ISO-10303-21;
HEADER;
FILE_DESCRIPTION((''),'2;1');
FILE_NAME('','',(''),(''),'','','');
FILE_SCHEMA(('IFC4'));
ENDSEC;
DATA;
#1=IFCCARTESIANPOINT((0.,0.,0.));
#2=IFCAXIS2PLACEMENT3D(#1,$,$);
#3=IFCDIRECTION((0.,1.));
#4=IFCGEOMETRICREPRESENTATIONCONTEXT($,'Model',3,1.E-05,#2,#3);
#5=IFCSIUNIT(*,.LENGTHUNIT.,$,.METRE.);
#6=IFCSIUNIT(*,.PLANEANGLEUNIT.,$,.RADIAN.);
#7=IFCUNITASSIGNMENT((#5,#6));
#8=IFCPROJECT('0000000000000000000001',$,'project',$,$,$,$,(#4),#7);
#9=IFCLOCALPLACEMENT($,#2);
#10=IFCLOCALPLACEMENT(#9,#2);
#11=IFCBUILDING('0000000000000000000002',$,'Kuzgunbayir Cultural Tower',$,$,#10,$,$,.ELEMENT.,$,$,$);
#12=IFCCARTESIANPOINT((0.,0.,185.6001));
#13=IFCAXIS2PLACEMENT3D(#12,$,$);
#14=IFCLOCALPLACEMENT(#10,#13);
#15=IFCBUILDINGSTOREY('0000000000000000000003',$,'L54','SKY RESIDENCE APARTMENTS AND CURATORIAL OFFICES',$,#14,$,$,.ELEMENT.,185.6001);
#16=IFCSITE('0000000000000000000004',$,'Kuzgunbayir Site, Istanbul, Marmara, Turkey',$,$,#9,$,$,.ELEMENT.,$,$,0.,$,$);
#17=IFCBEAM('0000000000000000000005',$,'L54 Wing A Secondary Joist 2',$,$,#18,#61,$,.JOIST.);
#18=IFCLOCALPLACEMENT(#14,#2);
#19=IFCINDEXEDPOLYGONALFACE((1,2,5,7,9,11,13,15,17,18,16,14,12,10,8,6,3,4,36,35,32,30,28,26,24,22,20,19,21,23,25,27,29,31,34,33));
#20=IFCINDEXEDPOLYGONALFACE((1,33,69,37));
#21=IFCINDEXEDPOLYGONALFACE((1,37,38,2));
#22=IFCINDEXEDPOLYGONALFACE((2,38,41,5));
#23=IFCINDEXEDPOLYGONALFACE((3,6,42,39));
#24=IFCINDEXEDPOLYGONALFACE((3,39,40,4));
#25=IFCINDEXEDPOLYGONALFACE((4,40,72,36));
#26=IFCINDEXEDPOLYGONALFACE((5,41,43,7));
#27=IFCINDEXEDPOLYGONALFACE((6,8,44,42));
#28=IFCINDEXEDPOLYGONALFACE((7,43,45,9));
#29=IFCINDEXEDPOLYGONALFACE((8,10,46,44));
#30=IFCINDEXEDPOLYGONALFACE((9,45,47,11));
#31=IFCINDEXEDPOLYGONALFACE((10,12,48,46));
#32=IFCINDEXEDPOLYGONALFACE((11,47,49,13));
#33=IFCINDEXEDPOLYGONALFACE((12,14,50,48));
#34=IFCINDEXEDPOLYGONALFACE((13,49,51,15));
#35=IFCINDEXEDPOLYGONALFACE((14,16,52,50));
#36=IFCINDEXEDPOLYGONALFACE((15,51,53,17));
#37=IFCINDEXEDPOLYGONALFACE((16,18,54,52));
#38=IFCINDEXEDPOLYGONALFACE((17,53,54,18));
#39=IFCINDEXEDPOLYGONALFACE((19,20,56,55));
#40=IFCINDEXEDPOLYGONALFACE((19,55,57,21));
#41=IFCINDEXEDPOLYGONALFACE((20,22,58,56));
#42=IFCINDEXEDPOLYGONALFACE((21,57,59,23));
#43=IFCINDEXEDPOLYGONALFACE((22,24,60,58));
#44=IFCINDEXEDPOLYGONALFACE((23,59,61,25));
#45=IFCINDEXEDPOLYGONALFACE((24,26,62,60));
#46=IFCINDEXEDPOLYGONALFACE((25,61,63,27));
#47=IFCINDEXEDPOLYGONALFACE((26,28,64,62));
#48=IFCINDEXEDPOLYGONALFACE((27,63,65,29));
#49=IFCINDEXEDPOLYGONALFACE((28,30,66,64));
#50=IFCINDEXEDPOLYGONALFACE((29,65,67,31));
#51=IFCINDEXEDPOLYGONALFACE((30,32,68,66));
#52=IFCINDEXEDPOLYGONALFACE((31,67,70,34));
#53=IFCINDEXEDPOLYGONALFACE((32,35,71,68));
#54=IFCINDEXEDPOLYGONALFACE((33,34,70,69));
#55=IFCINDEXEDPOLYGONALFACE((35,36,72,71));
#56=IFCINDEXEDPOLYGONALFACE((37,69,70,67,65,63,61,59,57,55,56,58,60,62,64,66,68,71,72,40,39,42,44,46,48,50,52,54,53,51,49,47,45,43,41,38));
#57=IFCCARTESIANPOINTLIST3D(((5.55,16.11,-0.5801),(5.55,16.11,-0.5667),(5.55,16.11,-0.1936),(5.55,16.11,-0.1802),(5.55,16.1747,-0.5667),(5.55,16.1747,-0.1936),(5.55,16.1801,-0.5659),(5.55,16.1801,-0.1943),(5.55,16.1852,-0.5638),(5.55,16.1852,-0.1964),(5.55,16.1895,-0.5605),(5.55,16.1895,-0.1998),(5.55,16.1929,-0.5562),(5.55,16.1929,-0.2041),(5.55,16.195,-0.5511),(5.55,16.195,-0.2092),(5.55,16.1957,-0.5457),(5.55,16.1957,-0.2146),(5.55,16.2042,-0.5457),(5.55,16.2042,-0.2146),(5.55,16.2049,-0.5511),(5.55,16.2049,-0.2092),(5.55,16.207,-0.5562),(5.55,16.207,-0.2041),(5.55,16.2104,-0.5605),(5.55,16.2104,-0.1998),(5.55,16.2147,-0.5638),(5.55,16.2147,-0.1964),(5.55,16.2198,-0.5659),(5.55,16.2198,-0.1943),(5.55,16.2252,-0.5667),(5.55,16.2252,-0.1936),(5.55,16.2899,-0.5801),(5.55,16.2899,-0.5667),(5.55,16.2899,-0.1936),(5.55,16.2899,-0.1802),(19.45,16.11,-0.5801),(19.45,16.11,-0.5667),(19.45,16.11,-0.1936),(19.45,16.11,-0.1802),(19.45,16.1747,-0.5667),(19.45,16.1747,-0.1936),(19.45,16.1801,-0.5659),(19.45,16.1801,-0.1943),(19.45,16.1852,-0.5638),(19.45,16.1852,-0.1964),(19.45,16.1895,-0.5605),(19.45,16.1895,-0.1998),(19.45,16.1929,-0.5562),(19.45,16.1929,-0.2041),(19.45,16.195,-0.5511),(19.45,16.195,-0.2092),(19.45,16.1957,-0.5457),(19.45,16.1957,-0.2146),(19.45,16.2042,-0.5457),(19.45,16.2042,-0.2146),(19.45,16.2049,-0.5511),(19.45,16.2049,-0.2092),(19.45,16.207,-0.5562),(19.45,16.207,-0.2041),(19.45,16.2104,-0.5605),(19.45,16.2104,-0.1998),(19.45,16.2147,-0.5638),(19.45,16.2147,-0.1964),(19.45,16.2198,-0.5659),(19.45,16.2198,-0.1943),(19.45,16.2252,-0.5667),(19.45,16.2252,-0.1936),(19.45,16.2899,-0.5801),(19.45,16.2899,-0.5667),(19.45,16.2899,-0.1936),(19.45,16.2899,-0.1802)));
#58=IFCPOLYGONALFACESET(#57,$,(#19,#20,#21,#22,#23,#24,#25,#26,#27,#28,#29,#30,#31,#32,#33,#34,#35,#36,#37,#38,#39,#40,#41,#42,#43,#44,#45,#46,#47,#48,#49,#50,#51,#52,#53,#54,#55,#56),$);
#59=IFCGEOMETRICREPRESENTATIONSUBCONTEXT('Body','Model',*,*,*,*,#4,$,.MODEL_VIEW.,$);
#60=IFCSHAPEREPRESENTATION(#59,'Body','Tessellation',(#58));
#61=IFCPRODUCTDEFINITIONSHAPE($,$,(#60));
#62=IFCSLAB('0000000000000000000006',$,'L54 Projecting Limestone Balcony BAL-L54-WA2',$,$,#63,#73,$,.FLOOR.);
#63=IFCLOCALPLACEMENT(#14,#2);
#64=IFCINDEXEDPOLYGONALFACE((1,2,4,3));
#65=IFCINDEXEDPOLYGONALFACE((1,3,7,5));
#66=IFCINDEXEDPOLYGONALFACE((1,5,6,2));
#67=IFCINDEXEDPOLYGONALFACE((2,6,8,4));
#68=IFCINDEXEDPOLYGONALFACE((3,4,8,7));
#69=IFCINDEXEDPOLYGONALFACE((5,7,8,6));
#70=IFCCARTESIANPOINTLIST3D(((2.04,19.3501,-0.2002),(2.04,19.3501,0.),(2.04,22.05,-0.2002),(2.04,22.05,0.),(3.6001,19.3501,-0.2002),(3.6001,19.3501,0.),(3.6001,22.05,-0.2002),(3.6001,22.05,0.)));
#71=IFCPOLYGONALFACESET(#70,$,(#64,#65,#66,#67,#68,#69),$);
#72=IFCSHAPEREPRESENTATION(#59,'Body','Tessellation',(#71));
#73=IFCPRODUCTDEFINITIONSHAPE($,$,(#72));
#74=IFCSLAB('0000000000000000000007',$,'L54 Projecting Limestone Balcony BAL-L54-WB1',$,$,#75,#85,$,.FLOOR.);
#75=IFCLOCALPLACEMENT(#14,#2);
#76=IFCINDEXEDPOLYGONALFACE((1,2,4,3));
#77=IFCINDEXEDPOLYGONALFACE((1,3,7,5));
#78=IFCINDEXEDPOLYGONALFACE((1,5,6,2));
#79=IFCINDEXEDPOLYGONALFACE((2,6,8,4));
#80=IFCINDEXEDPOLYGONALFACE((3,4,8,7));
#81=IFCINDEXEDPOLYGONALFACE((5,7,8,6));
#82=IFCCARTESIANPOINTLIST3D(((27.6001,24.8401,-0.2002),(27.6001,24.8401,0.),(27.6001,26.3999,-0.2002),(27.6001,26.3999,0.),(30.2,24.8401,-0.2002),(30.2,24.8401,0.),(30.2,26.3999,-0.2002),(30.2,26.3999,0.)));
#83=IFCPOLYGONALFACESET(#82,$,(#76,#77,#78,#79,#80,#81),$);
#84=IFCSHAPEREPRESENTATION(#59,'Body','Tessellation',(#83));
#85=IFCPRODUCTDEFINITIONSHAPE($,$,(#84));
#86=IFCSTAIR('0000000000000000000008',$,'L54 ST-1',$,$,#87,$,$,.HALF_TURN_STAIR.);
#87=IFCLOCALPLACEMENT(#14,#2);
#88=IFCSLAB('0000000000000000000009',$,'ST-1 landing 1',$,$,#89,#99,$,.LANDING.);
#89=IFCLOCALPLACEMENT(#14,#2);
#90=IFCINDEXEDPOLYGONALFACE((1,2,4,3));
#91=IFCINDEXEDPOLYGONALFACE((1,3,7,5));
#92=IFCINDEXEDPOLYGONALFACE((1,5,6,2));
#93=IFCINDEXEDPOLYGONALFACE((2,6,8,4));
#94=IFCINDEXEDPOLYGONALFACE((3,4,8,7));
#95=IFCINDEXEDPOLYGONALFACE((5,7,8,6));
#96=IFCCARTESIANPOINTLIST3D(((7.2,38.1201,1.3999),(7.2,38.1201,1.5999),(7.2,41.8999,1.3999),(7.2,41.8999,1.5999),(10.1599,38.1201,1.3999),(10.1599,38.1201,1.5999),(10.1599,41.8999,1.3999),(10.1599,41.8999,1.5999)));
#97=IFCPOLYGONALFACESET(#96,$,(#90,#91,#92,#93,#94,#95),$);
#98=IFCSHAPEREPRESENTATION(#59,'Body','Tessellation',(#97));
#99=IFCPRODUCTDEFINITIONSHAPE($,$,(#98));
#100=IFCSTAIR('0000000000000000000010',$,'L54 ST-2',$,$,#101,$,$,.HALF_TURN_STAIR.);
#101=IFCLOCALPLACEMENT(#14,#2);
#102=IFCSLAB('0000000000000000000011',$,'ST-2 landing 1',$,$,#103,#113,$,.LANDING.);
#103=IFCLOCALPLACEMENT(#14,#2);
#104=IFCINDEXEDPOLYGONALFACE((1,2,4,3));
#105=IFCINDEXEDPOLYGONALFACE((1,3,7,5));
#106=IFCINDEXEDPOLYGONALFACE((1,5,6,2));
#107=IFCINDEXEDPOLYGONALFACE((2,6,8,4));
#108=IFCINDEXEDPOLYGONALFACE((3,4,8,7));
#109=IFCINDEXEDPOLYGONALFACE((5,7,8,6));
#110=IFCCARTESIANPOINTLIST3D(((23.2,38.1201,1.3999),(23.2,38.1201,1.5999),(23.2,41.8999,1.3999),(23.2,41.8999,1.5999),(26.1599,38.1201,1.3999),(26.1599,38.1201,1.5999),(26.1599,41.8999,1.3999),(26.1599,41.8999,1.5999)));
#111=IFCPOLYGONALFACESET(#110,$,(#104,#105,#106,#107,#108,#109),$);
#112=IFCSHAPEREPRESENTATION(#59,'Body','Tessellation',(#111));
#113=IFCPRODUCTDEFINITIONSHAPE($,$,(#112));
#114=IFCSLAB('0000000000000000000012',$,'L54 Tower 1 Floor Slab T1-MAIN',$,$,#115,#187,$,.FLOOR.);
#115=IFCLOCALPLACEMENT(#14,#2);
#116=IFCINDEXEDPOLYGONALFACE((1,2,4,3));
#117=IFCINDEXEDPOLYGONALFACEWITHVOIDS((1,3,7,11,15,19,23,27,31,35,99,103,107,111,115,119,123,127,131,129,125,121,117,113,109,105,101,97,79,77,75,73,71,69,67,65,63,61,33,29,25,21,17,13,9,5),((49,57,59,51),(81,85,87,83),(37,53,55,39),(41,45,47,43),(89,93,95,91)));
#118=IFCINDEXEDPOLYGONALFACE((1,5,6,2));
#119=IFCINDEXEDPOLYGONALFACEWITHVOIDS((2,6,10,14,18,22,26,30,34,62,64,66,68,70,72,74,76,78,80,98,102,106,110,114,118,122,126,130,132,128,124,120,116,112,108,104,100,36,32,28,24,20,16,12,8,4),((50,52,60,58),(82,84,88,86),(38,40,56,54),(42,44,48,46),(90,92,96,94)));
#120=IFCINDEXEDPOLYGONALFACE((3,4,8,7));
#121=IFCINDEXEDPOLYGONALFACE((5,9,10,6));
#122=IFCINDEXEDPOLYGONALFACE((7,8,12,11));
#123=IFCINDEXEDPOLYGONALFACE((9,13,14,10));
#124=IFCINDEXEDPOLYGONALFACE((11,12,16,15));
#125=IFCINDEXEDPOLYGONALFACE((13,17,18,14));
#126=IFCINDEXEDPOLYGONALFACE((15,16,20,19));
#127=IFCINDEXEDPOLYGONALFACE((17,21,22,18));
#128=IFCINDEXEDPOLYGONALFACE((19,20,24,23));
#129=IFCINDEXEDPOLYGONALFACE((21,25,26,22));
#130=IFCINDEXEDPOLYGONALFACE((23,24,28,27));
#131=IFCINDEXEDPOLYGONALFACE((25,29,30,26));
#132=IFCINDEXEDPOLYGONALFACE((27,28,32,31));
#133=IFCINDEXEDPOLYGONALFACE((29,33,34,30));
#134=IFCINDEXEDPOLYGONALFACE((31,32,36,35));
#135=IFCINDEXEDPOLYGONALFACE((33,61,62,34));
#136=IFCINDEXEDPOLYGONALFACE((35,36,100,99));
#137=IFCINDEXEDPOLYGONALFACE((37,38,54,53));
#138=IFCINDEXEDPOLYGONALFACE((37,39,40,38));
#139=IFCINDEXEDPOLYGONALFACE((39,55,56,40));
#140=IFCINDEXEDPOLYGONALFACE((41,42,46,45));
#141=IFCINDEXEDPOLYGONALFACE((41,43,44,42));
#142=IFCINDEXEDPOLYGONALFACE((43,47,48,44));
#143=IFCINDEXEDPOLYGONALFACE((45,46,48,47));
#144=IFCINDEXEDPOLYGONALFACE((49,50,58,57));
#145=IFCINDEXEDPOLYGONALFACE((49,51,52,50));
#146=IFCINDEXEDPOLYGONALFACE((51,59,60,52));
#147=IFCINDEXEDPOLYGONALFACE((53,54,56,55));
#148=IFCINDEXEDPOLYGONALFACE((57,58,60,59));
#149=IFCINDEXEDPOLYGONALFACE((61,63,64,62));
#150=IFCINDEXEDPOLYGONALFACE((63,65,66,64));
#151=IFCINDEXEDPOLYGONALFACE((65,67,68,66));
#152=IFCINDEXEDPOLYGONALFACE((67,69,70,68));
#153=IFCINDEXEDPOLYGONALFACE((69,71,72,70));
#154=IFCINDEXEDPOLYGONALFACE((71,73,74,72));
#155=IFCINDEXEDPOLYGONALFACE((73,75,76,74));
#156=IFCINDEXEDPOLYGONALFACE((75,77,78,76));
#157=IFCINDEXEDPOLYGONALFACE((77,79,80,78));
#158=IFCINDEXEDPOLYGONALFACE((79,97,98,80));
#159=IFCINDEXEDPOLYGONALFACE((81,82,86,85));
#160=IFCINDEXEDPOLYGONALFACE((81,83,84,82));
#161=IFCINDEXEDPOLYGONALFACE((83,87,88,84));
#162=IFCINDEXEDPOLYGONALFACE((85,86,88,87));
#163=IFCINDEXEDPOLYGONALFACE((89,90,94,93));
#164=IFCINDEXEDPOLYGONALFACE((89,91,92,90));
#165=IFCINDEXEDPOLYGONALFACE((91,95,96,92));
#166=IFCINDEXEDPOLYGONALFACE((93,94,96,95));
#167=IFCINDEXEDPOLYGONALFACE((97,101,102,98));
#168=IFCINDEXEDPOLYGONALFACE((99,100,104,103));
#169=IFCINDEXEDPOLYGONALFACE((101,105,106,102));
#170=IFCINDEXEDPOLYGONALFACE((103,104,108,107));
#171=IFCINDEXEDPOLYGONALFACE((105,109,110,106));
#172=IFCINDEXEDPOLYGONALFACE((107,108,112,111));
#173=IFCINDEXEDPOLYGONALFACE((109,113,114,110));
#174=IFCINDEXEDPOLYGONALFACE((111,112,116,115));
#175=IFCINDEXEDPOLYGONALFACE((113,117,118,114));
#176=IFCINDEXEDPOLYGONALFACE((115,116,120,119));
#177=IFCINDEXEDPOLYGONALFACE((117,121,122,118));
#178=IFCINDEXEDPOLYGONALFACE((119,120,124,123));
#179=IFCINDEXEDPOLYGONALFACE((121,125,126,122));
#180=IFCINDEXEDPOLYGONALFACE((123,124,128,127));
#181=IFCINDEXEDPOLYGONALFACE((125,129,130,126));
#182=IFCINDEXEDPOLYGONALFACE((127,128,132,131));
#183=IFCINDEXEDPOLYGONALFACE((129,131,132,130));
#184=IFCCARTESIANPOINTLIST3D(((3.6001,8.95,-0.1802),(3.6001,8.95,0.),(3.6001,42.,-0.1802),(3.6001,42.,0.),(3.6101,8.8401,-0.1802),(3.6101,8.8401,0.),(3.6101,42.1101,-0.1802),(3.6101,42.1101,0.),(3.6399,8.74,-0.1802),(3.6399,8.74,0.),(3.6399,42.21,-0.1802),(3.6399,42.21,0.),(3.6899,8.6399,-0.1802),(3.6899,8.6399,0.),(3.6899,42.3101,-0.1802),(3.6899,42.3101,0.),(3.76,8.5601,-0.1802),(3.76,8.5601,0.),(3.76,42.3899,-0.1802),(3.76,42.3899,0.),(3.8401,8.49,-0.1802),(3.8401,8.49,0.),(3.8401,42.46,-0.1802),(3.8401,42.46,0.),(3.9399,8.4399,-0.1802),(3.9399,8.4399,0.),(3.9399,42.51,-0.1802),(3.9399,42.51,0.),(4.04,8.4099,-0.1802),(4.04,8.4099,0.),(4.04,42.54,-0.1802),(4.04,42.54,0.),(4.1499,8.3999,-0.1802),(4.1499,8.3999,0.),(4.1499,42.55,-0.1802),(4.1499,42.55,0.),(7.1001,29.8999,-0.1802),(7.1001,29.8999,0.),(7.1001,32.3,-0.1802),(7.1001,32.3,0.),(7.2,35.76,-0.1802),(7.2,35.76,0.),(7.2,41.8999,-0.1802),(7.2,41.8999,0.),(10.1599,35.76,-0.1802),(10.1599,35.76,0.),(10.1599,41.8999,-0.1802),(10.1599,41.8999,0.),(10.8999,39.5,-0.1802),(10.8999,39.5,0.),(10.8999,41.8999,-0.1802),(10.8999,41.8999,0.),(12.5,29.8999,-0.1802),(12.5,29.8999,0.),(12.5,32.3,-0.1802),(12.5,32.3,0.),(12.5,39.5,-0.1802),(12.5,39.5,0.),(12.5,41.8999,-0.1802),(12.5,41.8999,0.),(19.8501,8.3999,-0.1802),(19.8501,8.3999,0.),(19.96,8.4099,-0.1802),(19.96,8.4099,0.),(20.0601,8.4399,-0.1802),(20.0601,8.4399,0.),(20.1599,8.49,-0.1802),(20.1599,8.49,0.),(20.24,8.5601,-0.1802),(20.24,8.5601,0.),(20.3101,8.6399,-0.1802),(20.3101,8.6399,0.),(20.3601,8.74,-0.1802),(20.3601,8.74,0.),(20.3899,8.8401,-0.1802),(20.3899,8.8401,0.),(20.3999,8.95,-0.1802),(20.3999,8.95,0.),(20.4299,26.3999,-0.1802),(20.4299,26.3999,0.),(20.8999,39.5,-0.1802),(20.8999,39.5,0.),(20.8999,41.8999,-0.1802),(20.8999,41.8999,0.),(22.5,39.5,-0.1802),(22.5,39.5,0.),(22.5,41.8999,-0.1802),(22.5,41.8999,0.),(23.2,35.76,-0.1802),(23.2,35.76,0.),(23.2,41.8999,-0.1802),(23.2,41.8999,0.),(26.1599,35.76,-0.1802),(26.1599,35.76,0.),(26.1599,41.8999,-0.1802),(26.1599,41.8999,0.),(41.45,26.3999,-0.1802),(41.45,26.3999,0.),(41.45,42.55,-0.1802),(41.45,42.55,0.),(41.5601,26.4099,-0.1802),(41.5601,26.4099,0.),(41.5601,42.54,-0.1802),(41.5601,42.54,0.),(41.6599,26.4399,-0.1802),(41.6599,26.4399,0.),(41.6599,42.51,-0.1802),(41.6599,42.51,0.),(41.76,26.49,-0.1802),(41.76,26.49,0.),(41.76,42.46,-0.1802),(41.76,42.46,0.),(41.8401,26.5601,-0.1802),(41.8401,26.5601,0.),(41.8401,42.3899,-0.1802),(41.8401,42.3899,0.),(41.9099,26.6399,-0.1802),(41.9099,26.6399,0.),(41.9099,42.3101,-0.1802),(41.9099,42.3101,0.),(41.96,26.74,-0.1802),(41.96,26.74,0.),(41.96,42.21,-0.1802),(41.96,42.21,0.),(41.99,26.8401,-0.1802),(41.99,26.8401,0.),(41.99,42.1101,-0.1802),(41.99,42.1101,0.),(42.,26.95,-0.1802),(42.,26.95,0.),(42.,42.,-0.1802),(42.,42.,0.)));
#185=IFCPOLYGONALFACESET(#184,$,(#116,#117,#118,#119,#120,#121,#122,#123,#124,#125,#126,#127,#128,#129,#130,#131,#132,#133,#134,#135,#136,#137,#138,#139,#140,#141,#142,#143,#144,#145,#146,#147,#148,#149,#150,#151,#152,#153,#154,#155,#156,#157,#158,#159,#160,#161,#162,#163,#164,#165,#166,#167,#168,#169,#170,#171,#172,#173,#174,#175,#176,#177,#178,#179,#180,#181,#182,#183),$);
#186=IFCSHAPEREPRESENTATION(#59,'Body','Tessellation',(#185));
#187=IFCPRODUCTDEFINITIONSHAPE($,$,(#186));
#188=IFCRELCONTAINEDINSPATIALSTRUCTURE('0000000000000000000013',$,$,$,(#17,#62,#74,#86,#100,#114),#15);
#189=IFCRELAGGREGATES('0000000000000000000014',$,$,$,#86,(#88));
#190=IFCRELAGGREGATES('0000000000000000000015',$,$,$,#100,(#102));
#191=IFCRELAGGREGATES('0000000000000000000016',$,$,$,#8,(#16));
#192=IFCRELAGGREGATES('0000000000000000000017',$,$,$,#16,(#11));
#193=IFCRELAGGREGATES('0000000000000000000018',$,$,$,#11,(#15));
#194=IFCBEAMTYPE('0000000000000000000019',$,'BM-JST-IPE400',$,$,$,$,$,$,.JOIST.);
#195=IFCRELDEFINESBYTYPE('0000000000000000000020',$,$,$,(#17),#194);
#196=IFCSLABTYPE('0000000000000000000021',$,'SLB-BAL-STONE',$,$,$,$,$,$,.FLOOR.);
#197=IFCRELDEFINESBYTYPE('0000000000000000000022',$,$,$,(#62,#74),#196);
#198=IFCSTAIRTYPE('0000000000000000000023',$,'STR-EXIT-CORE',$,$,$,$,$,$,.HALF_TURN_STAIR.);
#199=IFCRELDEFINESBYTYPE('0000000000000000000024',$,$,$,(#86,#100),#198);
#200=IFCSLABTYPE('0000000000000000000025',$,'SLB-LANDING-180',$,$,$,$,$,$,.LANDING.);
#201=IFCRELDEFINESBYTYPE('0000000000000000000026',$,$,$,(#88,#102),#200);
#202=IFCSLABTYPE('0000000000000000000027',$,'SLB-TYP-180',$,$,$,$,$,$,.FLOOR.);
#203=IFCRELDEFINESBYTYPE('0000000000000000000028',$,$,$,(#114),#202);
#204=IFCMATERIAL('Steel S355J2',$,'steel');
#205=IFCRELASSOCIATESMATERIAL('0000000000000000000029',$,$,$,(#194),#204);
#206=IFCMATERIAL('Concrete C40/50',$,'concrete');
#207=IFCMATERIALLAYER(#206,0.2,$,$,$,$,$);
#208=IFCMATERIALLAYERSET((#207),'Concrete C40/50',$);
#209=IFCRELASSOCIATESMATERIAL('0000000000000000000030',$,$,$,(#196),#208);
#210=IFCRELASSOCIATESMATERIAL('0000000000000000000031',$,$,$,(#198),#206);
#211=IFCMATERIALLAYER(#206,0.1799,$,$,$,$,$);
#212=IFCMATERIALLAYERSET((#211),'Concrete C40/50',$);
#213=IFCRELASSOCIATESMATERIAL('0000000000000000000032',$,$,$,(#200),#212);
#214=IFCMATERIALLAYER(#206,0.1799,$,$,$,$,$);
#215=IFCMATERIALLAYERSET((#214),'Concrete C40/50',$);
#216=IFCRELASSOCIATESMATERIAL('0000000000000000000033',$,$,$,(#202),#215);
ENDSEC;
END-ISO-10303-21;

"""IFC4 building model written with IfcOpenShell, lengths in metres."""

from ifc_helpers import new_model, si_unit, direction, frame, origin, origin_2d, place, context, subcontext, project, spatial, polyline, i_section, outline, extrude, material, layer, layer_set, material_profile, profile_set, type_object, element, aggregate, save


model = new_model("IFC4")

# Units and contexts
model_context = context("Model", 3, precision=1e-05, world=origin(), true_north=direction((0.0, 1.0)))
body_context = subcontext(model_context, "Body", "Model", "MODEL_VIEW")
ifc_project = project(units=[si_unit("LENGTHUNIT", "METRE"), si_unit("PLANEANGLEUNIT", "RADIAN")], contexts=[model_context])

# Site, building, storey
site_placement = place(None, origin())
site = spatial("IfcSite", under=ifc_project, at=site_placement, Name="Kuzgunbayir Site, Istanbul, Marmara, Turkey", CompositionType="ELEMENT", RefElevation=0.0)
building_placement = place(site_placement, origin())
building = spatial("IfcBuilding", under=site, at=building_placement, Name="Kuzgunbayir Cultural Tower", CompositionType="ELEMENT")
storey_placement = place(building_placement, frame((0.0, 0.0, 185.6001)))
storey = spatial("IfcBuildingStorey", under=building, at=storey_placement, Name="L54", Description="SKY RESIDENCE APARTMENTS AND CURATORIAL OFFICES", CompositionType="ELEMENT", Elevation=185.6001)

# Beam
ifc_material_1 = material(Name="Steel S355J2", Category="steel")
ifc_material_profile_1 = material_profile(ifc_material_1, i_section(OverallWidth=0.1799, OverallDepth=0.3999, WebThickness=0.0085, FlangeThickness=0.0134, FilletRadius=0.021, at=origin_2d()), Name="IPE 400")
ifc_profile_set_1 = profile_set([ifc_material_profile_1], Name="Steel S355J2")
beam_type_1 = type_object("IfcBeamType", Name="BM-JST-IPE400", PredefinedType="JOIST", material=ifc_profile_set_1)
for number, where, z_axis, x_axis, name in (
    (1, (5.55, 16.2, -0.3801), (1.0, 0.0, 0.0), (0.0, 1.0, 0.0), "L54 Wing A Secondary Joist 2"),
):
    element("IfcBeam", number, at=place(storey_placement, frame(where, z_axis=z_axis, x_axis=x_axis)), inside=storey, type_object=beam_type_1, Name=name, PredefinedType="JOIST", context=body_context, shape_type="SweptSolid", body=[
        extrude(i_section(OverallWidth=0.1799, OverallDepth=0.3999, WebThickness=0.0085, FlangeThickness=0.0134, FilletRadius=0.021, at=origin_2d()), origin(), (0.0, 0.0, 1.0), 13.8999),
    ])

# Slabs
ifc_material_2 = material(Name="Concrete C40/50", Category="concrete")
ifc_layer_1 = layer(ifc_material_2, 0.2)
ifc_layer_set_1 = layer_set([ifc_layer_1], Name="Concrete C40/50")
slab_type_1 = type_object("IfcSlabType", Name="SLB-BAL-STONE", PredefinedType="FLOOR", material=ifc_layer_set_1)
slab_1_placement = place(storey_placement, frame((0.0, 0.0, -0.2002)))
element("IfcSlab", 2, at=slab_1_placement, inside=storey, type_object=slab_type_1, Name="L54 Projecting Limestone Balcony BAL-L54-WA2", PredefinedType="FLOOR", context=body_context, shape_type="SweptSolid", body=[
    extrude(outline(polyline([(2.04, 19.3501), (3.6001, 19.3501), (3.6001, 22.05), (2.04, 22.05), (2.04, 19.3501)])), origin(), (0.0, 0.0, 1.0), 0.2002),
])
slab_2_placement = place(storey_placement, frame((0.0, 0.0, -0.2002)))
element("IfcSlab", 3, at=slab_2_placement, inside=storey, type_object=slab_type_1, Name="L54 Projecting Limestone Balcony BAL-L54-WB1", PredefinedType="FLOOR", context=body_context, shape_type="SweptSolid", body=[
    extrude(outline(polyline([(27.6001, 24.8401), (30.2, 24.8401), (30.2, 26.3999), (27.6001, 26.3999), (27.6001, 24.8401)])), origin(), (0.0, 0.0, 1.0), 0.2002),
])

# Stairs, slabs
stair_type = type_object("IfcStairType", Name="STR-EXIT-CORE", PredefinedType="HALF_TURN_STAIR", material=ifc_material_2)
stair_1_placement = place(storey_placement, origin())
stair_1 = element("IfcStair", 4, at=stair_1_placement, inside=storey, type_object=stair_type, Name="L54 ST-1", PredefinedType="HALF_TURN_STAIR")
ifc_layer_2 = layer(ifc_material_2, 0.1799)
ifc_layer_set_2 = layer_set([ifc_layer_2], Name="Concrete C40/50")
slab_type_2 = type_object("IfcSlabType", Name="SLB-LANDING-180", PredefinedType="LANDING", material=ifc_layer_set_2)
slab_3_placement = place(storey_placement, frame((0.0, 0.0, 1.3999)))
slab_3 = element("IfcSlab", 5, at=slab_3_placement, type_object=slab_type_2, Name="ST-1 landing 1", PredefinedType="LANDING", context=body_context, shape_type="SweptSolid", body=[
    extrude(outline(polyline([(10.1599, 38.1201), (10.1599, 41.8999), (7.2, 41.8999), (7.2, 38.1201), (10.1599, 38.1201)])), origin(), (0.0, 0.0, 1.0), 0.2),
])
aggregate(stair_1, [slab_3])
stair_2_placement = place(storey_placement, origin())
stair_2 = element("IfcStair", 6, at=stair_2_placement, inside=storey, type_object=stair_type, Name="L54 ST-2", PredefinedType="HALF_TURN_STAIR")
slab_4_placement = place(storey_placement, frame((0.0, 0.0, 1.3999)))
slab_4 = element("IfcSlab", 7, at=slab_4_placement, type_object=slab_type_2, Name="ST-2 landing 1", PredefinedType="LANDING", context=body_context, shape_type="SweptSolid", body=[
    extrude(outline(polyline([(26.1599, 38.1201), (26.1599, 41.8999), (23.2, 41.8999), (23.2, 38.1201), (26.1599, 38.1201)])), origin(), (0.0, 0.0, 1.0), 0.2),
])
aggregate(stair_2, [slab_4])

# Slab
ifc_layer_3 = layer(ifc_material_2, 0.1799)
ifc_layer_set_3 = layer_set([ifc_layer_3], Name="Concrete C40/50")
slab_type_3 = type_object("IfcSlabType", Name="SLB-TYP-180", PredefinedType="FLOOR", material=ifc_layer_set_3)
slab_5_placement = place(storey_placement, frame((0.0, 0.0, -0.1802)))
element("IfcSlab", 8, at=slab_5_placement, inside=storey, type_object=slab_type_3, Name="L54 Tower 1 Floor Slab T1-MAIN", PredefinedType="FLOOR", context=body_context, shape_type="SweptSolid", body=[
    extrude(outline(polyline([(20.3999, 8.95), (20.3899, 8.8401), (20.3601, 8.74), (20.3101, 8.6399), (20.24, 8.5601), (20.1599, 8.49), (20.0601, 8.4399), (19.96, 8.4099), (19.8501, 8.3999), (4.1499, 8.3999), (4.04, 8.4099), (3.9399, 8.4399), (3.8401, 8.49), (3.76, 8.5601), (3.6899, 8.6399), (3.6399, 8.74), (3.6101, 8.8401), (3.6001, 8.95), (3.6001, 42.0), (3.6101, 42.1101), (3.6399, 42.21), (3.6899, 42.3101), (3.76, 42.3899), (3.8401, 42.46), (3.9399, 42.51), (4.04, 42.54), (4.1499, 42.55), (41.45, 42.55), (41.5601, 42.54), (41.6599, 42.51), (41.76, 42.46), (41.8401, 42.3899), (41.9099, 42.3101), (41.96, 42.21), (41.99, 42.1101), (42.0, 42.0), (42.0, 26.95), (41.99, 26.8401), (41.96, 26.74), (41.9099, 26.6399), (41.8401, 26.5601), (41.76, 26.49), (41.6599, 26.4399), (41.5601, 26.4099), (41.45, 26.3999), (20.4299, 26.3999), (20.3999, 8.95)]), holes=[polyline([(7.2, 35.76), (7.2, 41.8999), (10.1599, 41.8999), (10.1599, 35.76), (7.2, 35.76)]), polyline([(23.2, 35.76), (23.2, 41.8999), (26.1599, 41.8999), (26.1599, 35.76), (23.2, 35.76)]), polyline([(7.1001, 29.8999), (7.1001, 32.3), (12.5, 32.3), (12.5, 29.8999), (7.1001, 29.8999)]), polyline([(10.8999, 39.5), (10.8999, 41.8999), (12.5, 41.8999), (12.5, 39.5), (10.8999, 39.5)]), polyline([(20.8999, 39.5), (20.8999, 41.8999), (22.5, 41.8999), (22.5, 39.5), (20.8999, 39.5)])]), origin(), (0.0, 0.0, 1.0), 0.1802),
])

save(model, "model.ifc")
